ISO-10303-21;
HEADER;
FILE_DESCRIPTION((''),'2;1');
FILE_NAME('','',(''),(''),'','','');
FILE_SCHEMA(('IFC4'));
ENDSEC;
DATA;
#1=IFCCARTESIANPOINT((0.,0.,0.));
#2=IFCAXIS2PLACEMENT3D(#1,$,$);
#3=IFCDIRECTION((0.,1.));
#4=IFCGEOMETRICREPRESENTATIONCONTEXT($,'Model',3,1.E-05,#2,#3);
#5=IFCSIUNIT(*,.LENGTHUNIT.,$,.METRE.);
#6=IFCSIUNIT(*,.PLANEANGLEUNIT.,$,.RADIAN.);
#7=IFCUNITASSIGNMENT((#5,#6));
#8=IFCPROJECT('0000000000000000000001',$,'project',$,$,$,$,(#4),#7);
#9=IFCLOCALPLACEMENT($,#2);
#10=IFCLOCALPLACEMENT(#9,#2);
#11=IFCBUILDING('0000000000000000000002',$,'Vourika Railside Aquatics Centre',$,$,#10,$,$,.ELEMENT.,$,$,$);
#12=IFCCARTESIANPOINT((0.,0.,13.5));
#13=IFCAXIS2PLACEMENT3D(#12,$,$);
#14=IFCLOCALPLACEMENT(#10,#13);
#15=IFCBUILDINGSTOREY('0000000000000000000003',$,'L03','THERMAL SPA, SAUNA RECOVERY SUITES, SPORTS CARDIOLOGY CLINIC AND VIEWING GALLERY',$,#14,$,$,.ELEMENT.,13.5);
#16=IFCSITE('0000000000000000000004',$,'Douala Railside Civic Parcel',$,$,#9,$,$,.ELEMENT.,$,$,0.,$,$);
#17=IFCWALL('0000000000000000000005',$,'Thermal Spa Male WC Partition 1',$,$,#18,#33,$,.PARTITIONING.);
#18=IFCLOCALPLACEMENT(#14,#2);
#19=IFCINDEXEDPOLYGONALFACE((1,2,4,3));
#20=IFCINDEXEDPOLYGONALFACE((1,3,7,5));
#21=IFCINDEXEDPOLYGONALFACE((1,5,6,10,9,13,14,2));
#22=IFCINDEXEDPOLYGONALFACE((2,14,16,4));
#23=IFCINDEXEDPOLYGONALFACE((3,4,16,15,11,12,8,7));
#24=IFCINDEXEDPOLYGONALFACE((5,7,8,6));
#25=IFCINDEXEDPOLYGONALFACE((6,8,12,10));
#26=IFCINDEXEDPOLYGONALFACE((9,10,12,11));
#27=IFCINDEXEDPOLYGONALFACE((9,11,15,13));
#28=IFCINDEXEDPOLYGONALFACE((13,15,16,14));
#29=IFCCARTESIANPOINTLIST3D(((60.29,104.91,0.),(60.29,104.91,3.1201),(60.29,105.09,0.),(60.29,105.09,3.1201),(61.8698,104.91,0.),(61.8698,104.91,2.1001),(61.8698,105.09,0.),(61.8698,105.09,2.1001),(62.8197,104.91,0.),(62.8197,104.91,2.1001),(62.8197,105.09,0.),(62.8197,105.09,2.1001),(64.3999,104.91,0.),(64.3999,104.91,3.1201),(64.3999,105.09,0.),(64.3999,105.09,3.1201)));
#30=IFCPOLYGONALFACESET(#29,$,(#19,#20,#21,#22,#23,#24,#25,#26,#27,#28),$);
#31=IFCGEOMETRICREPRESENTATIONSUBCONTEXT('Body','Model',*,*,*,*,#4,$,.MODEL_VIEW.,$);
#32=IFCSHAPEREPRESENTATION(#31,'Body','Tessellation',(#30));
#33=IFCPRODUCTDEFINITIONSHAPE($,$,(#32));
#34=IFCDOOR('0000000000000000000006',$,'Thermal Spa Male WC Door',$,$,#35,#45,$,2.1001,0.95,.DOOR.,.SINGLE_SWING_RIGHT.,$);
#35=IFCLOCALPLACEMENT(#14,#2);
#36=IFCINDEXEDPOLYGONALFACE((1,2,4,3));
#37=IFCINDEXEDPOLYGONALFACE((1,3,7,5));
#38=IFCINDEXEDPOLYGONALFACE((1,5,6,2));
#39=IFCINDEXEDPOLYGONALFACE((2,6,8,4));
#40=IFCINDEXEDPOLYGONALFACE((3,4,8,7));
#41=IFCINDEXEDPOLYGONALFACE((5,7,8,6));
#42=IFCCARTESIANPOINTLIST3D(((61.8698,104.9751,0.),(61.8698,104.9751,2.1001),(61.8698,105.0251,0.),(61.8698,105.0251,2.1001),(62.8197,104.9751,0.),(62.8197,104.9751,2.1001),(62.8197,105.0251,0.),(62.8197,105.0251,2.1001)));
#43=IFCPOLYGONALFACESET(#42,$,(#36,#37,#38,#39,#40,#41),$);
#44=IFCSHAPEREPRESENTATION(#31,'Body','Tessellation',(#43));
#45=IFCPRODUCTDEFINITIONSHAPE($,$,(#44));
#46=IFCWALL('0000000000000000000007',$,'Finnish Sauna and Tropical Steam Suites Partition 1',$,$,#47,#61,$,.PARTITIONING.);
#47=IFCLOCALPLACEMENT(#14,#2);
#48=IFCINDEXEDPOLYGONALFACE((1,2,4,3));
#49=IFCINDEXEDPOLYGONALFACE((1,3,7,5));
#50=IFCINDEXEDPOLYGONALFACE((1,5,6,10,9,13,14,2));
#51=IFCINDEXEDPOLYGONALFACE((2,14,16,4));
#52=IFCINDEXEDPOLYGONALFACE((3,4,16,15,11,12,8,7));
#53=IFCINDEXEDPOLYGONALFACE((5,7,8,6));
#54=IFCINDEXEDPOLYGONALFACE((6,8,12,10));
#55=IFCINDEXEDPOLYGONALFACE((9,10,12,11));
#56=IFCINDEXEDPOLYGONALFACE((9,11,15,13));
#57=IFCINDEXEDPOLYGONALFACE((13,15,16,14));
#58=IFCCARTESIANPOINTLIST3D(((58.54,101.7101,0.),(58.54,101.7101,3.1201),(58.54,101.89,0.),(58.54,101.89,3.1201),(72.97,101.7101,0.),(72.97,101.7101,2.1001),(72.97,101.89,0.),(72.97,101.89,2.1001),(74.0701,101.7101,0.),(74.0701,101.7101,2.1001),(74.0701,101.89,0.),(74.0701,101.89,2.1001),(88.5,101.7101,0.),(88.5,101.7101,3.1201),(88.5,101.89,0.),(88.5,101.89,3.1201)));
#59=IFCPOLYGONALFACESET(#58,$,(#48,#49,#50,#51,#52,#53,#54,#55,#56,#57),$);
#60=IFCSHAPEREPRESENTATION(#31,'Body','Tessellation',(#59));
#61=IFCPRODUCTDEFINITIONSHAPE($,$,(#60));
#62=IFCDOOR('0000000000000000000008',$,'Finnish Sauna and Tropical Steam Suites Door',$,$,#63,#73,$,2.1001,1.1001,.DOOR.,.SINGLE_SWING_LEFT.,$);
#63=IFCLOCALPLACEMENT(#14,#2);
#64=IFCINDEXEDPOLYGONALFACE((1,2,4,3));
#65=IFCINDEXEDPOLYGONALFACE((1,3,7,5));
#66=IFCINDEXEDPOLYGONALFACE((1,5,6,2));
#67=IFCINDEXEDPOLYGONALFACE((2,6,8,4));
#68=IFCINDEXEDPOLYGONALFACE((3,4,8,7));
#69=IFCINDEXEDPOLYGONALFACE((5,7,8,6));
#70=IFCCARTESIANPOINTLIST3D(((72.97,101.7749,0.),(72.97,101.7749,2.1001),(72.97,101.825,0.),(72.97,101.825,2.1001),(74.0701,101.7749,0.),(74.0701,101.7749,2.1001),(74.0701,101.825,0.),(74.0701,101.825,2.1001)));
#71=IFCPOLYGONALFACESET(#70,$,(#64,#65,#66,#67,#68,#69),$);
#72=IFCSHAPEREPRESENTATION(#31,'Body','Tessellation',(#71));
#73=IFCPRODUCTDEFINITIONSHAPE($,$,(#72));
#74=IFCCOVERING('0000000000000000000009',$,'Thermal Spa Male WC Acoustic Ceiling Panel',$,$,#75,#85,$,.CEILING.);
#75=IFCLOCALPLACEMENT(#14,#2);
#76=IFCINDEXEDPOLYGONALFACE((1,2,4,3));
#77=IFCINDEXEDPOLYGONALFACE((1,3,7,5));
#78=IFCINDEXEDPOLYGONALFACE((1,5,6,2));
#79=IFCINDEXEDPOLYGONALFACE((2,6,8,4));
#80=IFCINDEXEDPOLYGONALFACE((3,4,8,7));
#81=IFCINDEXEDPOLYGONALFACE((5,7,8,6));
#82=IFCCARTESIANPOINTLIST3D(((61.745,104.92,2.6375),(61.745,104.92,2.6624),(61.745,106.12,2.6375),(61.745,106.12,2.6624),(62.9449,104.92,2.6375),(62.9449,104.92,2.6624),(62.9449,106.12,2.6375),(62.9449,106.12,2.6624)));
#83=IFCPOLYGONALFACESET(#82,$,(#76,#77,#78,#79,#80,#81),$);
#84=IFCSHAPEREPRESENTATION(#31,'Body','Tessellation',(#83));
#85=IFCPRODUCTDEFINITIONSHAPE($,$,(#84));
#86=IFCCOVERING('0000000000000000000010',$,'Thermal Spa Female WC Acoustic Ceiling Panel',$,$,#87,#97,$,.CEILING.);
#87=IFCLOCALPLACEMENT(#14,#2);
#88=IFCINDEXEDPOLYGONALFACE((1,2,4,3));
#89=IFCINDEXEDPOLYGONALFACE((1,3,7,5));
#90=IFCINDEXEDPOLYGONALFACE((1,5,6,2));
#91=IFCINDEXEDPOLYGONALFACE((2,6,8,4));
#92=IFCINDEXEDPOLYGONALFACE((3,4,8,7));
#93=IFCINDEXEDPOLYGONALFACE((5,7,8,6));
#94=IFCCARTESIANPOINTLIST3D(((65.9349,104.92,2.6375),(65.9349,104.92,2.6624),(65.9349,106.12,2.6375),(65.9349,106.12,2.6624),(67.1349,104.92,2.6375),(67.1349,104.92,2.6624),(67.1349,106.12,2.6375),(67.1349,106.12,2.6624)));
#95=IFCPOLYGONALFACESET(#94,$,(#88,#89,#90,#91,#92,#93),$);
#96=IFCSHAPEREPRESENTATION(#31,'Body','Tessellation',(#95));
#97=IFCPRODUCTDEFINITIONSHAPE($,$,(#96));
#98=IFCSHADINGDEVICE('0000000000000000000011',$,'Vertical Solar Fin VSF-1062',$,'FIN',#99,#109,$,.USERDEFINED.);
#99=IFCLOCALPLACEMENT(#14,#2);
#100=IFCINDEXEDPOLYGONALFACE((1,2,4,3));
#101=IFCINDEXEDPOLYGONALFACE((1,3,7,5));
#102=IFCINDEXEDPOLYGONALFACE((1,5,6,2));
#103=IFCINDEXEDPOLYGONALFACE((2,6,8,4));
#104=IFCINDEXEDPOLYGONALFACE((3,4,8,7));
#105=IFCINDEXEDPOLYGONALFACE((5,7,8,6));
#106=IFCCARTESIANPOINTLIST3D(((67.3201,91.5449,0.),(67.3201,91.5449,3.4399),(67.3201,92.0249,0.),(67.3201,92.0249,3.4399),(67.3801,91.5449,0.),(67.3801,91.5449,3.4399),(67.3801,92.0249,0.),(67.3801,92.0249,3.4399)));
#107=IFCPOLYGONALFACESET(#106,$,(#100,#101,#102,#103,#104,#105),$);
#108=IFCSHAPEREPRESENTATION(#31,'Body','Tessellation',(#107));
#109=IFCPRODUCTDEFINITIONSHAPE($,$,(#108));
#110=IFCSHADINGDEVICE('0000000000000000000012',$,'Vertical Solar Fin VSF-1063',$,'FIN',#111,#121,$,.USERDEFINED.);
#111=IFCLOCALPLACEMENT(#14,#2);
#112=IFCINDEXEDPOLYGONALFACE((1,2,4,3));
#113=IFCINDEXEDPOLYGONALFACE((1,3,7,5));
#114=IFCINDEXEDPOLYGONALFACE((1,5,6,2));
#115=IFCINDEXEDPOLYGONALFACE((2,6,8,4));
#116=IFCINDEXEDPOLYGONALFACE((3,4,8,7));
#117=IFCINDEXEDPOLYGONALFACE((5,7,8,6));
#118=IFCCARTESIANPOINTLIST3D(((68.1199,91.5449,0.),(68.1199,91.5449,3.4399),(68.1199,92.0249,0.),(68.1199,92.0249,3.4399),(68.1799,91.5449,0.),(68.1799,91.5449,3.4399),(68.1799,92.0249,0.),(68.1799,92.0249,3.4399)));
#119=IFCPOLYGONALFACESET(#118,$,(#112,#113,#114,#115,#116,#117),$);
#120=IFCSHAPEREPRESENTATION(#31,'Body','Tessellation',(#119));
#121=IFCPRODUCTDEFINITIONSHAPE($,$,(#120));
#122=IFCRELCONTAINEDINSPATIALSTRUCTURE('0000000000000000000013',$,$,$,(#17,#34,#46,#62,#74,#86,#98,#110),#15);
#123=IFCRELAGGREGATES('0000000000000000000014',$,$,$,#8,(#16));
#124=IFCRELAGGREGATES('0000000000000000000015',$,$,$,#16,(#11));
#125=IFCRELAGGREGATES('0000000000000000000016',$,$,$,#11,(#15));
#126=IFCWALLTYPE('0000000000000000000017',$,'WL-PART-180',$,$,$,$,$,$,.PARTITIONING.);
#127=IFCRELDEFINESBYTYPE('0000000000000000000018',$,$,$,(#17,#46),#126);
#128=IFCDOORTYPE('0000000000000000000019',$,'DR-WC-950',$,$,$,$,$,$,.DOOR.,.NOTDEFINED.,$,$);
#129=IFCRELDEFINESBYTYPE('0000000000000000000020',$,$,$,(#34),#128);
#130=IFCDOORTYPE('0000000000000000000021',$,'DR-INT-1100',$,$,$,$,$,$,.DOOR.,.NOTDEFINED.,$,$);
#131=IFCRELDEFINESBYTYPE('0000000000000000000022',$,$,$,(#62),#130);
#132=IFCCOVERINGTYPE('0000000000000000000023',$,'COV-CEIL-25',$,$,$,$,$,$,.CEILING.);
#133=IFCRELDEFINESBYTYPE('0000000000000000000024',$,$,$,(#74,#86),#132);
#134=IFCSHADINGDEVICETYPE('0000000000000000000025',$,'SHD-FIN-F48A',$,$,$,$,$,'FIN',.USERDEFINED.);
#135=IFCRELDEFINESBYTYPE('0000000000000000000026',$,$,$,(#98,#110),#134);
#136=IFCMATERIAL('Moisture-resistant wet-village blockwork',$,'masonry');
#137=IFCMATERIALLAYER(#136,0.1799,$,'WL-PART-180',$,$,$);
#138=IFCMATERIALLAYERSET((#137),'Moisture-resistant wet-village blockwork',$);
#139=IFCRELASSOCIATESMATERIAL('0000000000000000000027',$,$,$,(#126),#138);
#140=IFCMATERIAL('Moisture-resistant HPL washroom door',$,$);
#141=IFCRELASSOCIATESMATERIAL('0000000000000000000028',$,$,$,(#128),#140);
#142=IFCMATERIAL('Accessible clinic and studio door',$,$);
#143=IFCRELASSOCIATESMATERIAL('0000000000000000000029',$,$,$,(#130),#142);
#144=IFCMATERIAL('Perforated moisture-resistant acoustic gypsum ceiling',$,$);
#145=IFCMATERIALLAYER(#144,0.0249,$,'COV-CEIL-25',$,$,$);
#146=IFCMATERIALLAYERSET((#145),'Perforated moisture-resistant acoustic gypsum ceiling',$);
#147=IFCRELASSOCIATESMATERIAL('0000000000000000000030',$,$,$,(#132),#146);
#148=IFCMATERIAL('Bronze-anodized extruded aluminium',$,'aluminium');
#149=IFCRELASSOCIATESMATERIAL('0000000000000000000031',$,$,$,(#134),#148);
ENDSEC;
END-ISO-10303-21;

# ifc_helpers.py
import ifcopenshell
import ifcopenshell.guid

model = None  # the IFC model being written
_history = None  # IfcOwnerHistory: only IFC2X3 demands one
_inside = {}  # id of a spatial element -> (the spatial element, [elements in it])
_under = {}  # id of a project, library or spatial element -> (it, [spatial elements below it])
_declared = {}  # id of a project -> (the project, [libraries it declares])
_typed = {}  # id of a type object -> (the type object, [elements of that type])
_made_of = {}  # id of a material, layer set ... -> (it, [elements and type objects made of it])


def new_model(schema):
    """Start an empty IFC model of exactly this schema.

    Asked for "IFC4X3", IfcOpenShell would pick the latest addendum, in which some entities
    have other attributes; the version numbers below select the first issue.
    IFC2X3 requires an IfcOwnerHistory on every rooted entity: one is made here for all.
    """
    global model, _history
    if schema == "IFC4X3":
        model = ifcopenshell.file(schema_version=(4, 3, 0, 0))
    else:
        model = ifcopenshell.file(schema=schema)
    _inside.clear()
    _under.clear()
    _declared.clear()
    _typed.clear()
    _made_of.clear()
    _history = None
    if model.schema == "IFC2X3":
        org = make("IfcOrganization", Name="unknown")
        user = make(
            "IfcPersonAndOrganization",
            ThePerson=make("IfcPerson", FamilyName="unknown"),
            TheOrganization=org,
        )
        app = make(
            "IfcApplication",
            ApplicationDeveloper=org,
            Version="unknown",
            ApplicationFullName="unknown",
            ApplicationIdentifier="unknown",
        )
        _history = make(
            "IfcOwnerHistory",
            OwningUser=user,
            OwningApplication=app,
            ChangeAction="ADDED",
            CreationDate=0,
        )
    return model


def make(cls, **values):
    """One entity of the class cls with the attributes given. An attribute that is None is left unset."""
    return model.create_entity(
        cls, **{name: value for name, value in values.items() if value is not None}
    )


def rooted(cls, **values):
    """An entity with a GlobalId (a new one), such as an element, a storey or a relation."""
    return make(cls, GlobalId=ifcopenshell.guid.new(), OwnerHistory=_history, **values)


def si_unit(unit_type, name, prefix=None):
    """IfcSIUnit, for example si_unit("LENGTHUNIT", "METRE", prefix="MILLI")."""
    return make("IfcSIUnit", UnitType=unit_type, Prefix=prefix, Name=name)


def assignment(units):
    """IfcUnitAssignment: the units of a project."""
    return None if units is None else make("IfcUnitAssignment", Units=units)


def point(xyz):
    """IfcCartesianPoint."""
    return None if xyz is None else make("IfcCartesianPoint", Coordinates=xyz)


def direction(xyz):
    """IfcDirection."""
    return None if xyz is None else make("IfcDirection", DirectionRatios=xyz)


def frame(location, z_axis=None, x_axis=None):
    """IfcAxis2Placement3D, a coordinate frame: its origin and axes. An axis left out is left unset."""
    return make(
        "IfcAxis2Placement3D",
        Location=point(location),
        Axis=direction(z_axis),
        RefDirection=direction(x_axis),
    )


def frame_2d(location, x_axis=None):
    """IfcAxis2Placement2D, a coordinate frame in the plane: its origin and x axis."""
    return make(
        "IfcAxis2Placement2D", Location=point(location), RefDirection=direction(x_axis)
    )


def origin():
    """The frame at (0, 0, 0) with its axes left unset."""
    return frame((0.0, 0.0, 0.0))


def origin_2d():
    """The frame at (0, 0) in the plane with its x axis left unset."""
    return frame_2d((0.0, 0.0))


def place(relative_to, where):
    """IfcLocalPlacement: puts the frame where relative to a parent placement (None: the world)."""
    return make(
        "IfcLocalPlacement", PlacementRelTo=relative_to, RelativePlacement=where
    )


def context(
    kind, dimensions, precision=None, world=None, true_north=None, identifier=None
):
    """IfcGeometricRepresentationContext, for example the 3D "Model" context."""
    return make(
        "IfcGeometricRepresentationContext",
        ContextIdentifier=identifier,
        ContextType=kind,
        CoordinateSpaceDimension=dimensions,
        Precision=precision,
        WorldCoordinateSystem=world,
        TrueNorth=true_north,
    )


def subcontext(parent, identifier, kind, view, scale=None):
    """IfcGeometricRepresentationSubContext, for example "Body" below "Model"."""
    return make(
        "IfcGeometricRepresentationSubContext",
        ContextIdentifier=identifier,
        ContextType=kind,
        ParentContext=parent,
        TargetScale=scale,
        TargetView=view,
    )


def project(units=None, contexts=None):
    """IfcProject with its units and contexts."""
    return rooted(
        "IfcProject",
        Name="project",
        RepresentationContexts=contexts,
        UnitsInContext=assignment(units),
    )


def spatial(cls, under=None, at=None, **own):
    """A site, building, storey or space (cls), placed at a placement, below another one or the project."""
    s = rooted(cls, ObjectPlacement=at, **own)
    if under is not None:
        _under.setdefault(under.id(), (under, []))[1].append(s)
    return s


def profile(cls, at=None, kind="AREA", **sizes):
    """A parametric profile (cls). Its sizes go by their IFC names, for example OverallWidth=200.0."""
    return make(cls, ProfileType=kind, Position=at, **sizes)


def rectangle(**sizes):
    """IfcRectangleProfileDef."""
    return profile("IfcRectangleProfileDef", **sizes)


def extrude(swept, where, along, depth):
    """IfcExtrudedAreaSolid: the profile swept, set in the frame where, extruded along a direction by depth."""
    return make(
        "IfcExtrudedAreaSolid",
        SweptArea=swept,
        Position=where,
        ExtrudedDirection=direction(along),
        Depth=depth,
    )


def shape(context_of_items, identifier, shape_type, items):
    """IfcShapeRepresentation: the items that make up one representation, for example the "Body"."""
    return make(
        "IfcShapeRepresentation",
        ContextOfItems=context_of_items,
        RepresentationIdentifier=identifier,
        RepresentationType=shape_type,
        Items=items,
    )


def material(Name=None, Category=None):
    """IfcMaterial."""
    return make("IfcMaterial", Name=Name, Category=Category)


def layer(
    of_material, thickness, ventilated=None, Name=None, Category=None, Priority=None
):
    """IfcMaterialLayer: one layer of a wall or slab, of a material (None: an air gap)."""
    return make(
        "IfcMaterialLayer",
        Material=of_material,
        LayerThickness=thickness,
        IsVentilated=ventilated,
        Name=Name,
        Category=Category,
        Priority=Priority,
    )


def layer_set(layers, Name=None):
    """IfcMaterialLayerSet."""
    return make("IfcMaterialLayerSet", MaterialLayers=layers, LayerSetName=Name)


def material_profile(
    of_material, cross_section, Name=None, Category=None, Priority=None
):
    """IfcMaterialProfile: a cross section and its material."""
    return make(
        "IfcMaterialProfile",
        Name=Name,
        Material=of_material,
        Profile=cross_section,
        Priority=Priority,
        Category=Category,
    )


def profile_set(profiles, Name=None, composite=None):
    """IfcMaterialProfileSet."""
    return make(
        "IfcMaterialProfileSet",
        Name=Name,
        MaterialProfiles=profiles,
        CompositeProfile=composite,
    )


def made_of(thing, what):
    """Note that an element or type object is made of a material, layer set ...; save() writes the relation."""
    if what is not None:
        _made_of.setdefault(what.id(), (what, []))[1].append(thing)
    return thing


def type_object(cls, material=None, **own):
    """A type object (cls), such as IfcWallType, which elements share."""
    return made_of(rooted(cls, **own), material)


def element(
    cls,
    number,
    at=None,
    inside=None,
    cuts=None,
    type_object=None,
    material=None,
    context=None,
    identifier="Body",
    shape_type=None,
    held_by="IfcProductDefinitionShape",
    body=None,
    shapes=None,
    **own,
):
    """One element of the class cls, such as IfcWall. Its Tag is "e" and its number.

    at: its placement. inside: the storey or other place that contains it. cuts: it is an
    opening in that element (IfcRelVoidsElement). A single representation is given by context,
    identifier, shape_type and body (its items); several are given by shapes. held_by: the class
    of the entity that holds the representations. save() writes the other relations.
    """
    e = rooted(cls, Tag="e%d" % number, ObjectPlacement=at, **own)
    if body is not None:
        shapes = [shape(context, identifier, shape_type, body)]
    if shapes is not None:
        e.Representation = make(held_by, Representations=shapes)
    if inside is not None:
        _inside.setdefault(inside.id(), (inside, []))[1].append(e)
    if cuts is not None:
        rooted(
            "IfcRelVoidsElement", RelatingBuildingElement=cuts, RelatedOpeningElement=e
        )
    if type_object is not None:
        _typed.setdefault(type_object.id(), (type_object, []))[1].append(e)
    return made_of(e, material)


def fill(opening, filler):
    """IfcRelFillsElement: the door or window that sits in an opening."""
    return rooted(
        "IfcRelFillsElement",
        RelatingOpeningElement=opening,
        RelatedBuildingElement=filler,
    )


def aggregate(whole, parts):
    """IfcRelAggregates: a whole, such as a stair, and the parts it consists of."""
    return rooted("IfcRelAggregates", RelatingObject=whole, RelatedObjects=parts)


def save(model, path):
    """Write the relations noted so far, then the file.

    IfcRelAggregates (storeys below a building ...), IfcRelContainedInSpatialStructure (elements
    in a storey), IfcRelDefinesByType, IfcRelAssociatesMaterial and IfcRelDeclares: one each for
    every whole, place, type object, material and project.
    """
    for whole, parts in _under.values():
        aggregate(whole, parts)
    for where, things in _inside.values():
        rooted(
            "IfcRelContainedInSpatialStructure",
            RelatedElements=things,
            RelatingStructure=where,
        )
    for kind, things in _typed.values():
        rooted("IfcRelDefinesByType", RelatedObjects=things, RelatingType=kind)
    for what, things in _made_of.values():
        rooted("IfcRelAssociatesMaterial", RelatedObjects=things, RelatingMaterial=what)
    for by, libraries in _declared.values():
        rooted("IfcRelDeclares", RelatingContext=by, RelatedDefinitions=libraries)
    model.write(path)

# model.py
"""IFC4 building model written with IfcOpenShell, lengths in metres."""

from ifc_helpers import new_model, si_unit, direction, frame, frame_2d, origin, origin_2d, place, context, subcontext, project, spatial, rectangle, extrude, material, layer, layer_set, material_profile, profile_set, type_object, element, fill, save


model = new_model("IFC4")

# Units and contexts
model_context = context("Model", 3, precision=1e-05, world=origin(), true_north=direction((0.0, 1.0)))
body_context = subcontext(model_context, "Body", "Model", "MODEL_VIEW")
ifc_project = project(units=[si_unit("LENGTHUNIT", "METRE"), si_unit("PLANEANGLEUNIT", "RADIAN")], contexts=[model_context])

# Site, building, storey
site_placement = place(None, origin())
site = spatial("IfcSite", under=ifc_project, at=site_placement, Name="Douala Railside Civic Parcel", CompositionType="ELEMENT", RefElevation=0.0)
building_placement = place(site_placement, origin())
building = spatial("IfcBuilding", under=site, at=building_placement, Name="Vourika Railside Aquatics Centre", CompositionType="ELEMENT")
storey_placement = place(building_placement, frame((0.0, 0.0, 13.5)))
storey = spatial("IfcBuildingStorey", under=building, at=storey_placement, Name="L03", Description="THERMAL SPA, SAUNA RECOVERY SUITES, SPORTS CARDIOLOGY CLINIC AND VIEWING GALLERY", CompositionType="ELEMENT", Elevation=13.5)

# Walls, openings, doors
ifc_material_1 = material(Name="Moisture-resistant wet-village blockwork", Category="masonry")
ifc_layer_1 = layer(ifc_material_1, 0.1799, Name="WL-PART-180")
ifc_layer_set_1 = layer_set([ifc_layer_1], Name="Moisture-resistant wet-village blockwork")
wall_type_1 = type_object("IfcWallType", Name="WL-PART-180", PredefinedType="PARTITIONING", material=ifc_layer_set_1)
wall_1_placement = place(storey_placement, frame((64.3999, 105.0, 0.0), z_axis=(0.0, 0.0, 1.0), x_axis=(-1.0, 0.0, 0.0)))
wall_1 = element("IfcWall", 1, at=wall_1_placement, inside=storey, type_object=wall_type_1, Name="Thermal Spa Male WC Partition 1", PredefinedType="PARTITIONING", context=body_context, shape_type="SweptSolid", body=[
    extrude(rectangle(XDim=4.1099, YDim=0.1799, at=frame_2d((2.0549, 0.0))), origin(), (0.0, 0.0, 1.0), 3.1201),
])
opening_1_placement = place(wall_1_placement, frame((1.5801, 0.0, 0.0)))
opening_1 = element("IfcOpeningElement", 2, at=opening_1_placement, cuts=wall_1, PredefinedType="OPENING", context=body_context, shape_type="SweptSolid", body=[
    extrude(rectangle(XDim=0.95, YDim=2.1001, at=frame_2d((0.4751, 1.05))), frame((0.0, 0.1001, 0.0), z_axis=(0.0, -1.0, 0.0), x_axis=(1.0, 0.0, 0.0)), (0.0, 0.0, 1.0), 0.2),
])
ifc_material_2 = material(Name="Moisture-resistant HPL washroom door")
door_type_1 = type_object("IfcDoorType", Name="DR-WC-950", OperationType="NOTDEFINED", PredefinedType="DOOR", material=ifc_material_2)
door_1_placement = place(opening_1_placement, origin())
door_1 = element("IfcDoor", 3, at=door_1_placement, inside=storey, type_object=door_type_1, Name="Thermal Spa Male WC Door", OperationType="SINGLE_SWING_RIGHT", OverallHeight=2.1001, OverallWidth=0.95, PredefinedType="DOOR", context=body_context, shape_type="SweptSolid", body=[
    extrude(rectangle(XDim=0.95, YDim=2.1001, at=frame_2d((0.4751, 1.05))), frame((0.0, 0.0249, 0.0), z_axis=(0.0, -1.0, 0.0), x_axis=(1.0, 0.0, 0.0)), (0.0, 0.0, 1.0), 0.05),
])
fill(opening_1, door_1)
wall_2_placement = place(storey_placement, frame((58.54, 101.8, 0.0), z_axis=(0.0, 0.0, 1.0), x_axis=(1.0, 0.0, 0.0)))
wall_2 = element("IfcWall", 4, at=wall_2_placement, inside=storey, type_object=wall_type_1, Name="Finnish Sauna and Tropical Steam Suites Partition 1", PredefinedType="PARTITIONING", context=body_context, shape_type="SweptSolid", body=[
    extrude(rectangle(XDim=29.96, YDim=0.1799, at=frame_2d((14.98, 0.0))), origin(), (0.0, 0.0, 1.0), 3.1201),
])
opening_2_placement = place(wall_2_placement, frame((14.4299, 0.0, 0.0)))
opening_2 = element("IfcOpeningElement", 5, at=opening_2_placement, cuts=wall_2, PredefinedType="OPENING", context=body_context, shape_type="SweptSolid", body=[
    extrude(rectangle(XDim=1.1001, YDim=2.1001, at=frame_2d((0.55, 1.05))), frame((0.0, 0.1001, 0.0), z_axis=(0.0, -1.0, 0.0), x_axis=(1.0, 0.0, 0.0)), (0.0, 0.0, 1.0), 0.2),
])
ifc_material_3 = material(Name="Accessible clinic and studio door")
door_type_2 = type_object("IfcDoorType", Name="DR-INT-1100", OperationType="NOTDEFINED", PredefinedType="DOOR", material=ifc_material_3)
door_2_placement = place(opening_2_placement, origin())
door_2 = element("IfcDoor", 6, at=door_2_placement, inside=storey, type_object=door_type_2, Name="Finnish Sauna and Tropical Steam Suites Door", OperationType="SINGLE_SWING_LEFT", OverallHeight=2.1001, OverallWidth=1.1001, PredefinedType="DOOR", context=body_context, shape_type="SweptSolid", body=[
    extrude(rectangle(XDim=1.1001, YDim=2.1001, at=frame_2d((0.55, 1.05))), frame((0.0, 0.0249, 0.0), z_axis=(0.0, -1.0, 0.0), x_axis=(1.0, 0.0, 0.0)), (0.0, 0.0, 1.0), 0.05),
])
fill(opening_2, door_2)

# Coverings
ifc_material_4 = material(Name="Perforated moisture-resistant acoustic gypsum ceiling")
ifc_layer_2 = layer(ifc_material_4, 0.0249, Name="COV-CEIL-25")
ifc_layer_set_2 = layer_set([ifc_layer_2], Name="Perforated moisture-resistant acoustic gypsum ceiling")
covering_type = type_object("IfcCoveringType", Name="COV-CEIL-25", PredefinedType="CEILING", material=ifc_layer_set_2)
for number, where, z_axis, x_axis, name in (
    (7, (62.345, 105.52, 2.6375), (0.0, 0.0, 1.0), (1.0, 0.0, 0.0), "Thermal Spa Male WC Acoustic Ceiling Panel"),
    (8, (66.5349, 105.52, 2.6375), (0.0, 0.0, 1.0), (1.0, 0.0, 0.0), "Thermal Spa Female WC Acoustic Ceiling Panel"),
):
    element("IfcCovering", number, at=place(storey_placement, frame(where, z_axis=z_axis, x_axis=x_axis)), inside=storey, type_object=covering_type, Name=name, PredefinedType="CEILING", context=body_context, shape_type="SweptSolid", body=[
        extrude(rectangle(XDim=1.2, YDim=1.2, at=origin_2d()), origin(), (0.0, 0.0, 1.0), 0.0249),
    ])

# Shading devices
ifc_material_5 = material(Name="Bronze-anodized extruded aluminium", Category="aluminium")
ifc_material_profile_1 = material_profile(ifc_material_5, rectangle(XDim=0.0601, YDim=0.48, at=origin_2d()), Name="ALU-FIN 60x480")
ifc_profile_set_1 = profile_set([ifc_material_profile_1], Name="Bronze-anodized extruded aluminium")
shading_device_type = type_object("IfcShadingDeviceType", Name="SHD-FIN-F48A", ElementType="FIN", PredefinedType="USERDEFINED", material=ifc_profile_set_1)
for number, where, z_axis, x_axis, name in (
    (9, (67.3501, 91.7849, 0.0), (0.0, 0.0, 1.0), (-1.0, 0.0, 0.0), "Vertical Solar Fin VSF-1062"),
    (10, (68.1499, 91.7849, 0.0), (0.0, 0.0, 1.0), (-1.0, 0.0, 0.0), "Vertical Solar Fin VSF-1063"),
):
    element("IfcShadingDevice", number, at=place(storey_placement, frame(where, z_axis=z_axis, x_axis=x_axis)), inside=storey, type_object=shading_device_type, Name=name, ObjectType="FIN", PredefinedType="USERDEFINED", context=body_context, shape_type="SweptSolid", body=[
        extrude(rectangle(XDim=0.0601, YDim=0.48, at=origin_2d()), origin(), (0.0, 0.0, 1.0), 3.4399),
    ])

save(model, "model.ifc")
